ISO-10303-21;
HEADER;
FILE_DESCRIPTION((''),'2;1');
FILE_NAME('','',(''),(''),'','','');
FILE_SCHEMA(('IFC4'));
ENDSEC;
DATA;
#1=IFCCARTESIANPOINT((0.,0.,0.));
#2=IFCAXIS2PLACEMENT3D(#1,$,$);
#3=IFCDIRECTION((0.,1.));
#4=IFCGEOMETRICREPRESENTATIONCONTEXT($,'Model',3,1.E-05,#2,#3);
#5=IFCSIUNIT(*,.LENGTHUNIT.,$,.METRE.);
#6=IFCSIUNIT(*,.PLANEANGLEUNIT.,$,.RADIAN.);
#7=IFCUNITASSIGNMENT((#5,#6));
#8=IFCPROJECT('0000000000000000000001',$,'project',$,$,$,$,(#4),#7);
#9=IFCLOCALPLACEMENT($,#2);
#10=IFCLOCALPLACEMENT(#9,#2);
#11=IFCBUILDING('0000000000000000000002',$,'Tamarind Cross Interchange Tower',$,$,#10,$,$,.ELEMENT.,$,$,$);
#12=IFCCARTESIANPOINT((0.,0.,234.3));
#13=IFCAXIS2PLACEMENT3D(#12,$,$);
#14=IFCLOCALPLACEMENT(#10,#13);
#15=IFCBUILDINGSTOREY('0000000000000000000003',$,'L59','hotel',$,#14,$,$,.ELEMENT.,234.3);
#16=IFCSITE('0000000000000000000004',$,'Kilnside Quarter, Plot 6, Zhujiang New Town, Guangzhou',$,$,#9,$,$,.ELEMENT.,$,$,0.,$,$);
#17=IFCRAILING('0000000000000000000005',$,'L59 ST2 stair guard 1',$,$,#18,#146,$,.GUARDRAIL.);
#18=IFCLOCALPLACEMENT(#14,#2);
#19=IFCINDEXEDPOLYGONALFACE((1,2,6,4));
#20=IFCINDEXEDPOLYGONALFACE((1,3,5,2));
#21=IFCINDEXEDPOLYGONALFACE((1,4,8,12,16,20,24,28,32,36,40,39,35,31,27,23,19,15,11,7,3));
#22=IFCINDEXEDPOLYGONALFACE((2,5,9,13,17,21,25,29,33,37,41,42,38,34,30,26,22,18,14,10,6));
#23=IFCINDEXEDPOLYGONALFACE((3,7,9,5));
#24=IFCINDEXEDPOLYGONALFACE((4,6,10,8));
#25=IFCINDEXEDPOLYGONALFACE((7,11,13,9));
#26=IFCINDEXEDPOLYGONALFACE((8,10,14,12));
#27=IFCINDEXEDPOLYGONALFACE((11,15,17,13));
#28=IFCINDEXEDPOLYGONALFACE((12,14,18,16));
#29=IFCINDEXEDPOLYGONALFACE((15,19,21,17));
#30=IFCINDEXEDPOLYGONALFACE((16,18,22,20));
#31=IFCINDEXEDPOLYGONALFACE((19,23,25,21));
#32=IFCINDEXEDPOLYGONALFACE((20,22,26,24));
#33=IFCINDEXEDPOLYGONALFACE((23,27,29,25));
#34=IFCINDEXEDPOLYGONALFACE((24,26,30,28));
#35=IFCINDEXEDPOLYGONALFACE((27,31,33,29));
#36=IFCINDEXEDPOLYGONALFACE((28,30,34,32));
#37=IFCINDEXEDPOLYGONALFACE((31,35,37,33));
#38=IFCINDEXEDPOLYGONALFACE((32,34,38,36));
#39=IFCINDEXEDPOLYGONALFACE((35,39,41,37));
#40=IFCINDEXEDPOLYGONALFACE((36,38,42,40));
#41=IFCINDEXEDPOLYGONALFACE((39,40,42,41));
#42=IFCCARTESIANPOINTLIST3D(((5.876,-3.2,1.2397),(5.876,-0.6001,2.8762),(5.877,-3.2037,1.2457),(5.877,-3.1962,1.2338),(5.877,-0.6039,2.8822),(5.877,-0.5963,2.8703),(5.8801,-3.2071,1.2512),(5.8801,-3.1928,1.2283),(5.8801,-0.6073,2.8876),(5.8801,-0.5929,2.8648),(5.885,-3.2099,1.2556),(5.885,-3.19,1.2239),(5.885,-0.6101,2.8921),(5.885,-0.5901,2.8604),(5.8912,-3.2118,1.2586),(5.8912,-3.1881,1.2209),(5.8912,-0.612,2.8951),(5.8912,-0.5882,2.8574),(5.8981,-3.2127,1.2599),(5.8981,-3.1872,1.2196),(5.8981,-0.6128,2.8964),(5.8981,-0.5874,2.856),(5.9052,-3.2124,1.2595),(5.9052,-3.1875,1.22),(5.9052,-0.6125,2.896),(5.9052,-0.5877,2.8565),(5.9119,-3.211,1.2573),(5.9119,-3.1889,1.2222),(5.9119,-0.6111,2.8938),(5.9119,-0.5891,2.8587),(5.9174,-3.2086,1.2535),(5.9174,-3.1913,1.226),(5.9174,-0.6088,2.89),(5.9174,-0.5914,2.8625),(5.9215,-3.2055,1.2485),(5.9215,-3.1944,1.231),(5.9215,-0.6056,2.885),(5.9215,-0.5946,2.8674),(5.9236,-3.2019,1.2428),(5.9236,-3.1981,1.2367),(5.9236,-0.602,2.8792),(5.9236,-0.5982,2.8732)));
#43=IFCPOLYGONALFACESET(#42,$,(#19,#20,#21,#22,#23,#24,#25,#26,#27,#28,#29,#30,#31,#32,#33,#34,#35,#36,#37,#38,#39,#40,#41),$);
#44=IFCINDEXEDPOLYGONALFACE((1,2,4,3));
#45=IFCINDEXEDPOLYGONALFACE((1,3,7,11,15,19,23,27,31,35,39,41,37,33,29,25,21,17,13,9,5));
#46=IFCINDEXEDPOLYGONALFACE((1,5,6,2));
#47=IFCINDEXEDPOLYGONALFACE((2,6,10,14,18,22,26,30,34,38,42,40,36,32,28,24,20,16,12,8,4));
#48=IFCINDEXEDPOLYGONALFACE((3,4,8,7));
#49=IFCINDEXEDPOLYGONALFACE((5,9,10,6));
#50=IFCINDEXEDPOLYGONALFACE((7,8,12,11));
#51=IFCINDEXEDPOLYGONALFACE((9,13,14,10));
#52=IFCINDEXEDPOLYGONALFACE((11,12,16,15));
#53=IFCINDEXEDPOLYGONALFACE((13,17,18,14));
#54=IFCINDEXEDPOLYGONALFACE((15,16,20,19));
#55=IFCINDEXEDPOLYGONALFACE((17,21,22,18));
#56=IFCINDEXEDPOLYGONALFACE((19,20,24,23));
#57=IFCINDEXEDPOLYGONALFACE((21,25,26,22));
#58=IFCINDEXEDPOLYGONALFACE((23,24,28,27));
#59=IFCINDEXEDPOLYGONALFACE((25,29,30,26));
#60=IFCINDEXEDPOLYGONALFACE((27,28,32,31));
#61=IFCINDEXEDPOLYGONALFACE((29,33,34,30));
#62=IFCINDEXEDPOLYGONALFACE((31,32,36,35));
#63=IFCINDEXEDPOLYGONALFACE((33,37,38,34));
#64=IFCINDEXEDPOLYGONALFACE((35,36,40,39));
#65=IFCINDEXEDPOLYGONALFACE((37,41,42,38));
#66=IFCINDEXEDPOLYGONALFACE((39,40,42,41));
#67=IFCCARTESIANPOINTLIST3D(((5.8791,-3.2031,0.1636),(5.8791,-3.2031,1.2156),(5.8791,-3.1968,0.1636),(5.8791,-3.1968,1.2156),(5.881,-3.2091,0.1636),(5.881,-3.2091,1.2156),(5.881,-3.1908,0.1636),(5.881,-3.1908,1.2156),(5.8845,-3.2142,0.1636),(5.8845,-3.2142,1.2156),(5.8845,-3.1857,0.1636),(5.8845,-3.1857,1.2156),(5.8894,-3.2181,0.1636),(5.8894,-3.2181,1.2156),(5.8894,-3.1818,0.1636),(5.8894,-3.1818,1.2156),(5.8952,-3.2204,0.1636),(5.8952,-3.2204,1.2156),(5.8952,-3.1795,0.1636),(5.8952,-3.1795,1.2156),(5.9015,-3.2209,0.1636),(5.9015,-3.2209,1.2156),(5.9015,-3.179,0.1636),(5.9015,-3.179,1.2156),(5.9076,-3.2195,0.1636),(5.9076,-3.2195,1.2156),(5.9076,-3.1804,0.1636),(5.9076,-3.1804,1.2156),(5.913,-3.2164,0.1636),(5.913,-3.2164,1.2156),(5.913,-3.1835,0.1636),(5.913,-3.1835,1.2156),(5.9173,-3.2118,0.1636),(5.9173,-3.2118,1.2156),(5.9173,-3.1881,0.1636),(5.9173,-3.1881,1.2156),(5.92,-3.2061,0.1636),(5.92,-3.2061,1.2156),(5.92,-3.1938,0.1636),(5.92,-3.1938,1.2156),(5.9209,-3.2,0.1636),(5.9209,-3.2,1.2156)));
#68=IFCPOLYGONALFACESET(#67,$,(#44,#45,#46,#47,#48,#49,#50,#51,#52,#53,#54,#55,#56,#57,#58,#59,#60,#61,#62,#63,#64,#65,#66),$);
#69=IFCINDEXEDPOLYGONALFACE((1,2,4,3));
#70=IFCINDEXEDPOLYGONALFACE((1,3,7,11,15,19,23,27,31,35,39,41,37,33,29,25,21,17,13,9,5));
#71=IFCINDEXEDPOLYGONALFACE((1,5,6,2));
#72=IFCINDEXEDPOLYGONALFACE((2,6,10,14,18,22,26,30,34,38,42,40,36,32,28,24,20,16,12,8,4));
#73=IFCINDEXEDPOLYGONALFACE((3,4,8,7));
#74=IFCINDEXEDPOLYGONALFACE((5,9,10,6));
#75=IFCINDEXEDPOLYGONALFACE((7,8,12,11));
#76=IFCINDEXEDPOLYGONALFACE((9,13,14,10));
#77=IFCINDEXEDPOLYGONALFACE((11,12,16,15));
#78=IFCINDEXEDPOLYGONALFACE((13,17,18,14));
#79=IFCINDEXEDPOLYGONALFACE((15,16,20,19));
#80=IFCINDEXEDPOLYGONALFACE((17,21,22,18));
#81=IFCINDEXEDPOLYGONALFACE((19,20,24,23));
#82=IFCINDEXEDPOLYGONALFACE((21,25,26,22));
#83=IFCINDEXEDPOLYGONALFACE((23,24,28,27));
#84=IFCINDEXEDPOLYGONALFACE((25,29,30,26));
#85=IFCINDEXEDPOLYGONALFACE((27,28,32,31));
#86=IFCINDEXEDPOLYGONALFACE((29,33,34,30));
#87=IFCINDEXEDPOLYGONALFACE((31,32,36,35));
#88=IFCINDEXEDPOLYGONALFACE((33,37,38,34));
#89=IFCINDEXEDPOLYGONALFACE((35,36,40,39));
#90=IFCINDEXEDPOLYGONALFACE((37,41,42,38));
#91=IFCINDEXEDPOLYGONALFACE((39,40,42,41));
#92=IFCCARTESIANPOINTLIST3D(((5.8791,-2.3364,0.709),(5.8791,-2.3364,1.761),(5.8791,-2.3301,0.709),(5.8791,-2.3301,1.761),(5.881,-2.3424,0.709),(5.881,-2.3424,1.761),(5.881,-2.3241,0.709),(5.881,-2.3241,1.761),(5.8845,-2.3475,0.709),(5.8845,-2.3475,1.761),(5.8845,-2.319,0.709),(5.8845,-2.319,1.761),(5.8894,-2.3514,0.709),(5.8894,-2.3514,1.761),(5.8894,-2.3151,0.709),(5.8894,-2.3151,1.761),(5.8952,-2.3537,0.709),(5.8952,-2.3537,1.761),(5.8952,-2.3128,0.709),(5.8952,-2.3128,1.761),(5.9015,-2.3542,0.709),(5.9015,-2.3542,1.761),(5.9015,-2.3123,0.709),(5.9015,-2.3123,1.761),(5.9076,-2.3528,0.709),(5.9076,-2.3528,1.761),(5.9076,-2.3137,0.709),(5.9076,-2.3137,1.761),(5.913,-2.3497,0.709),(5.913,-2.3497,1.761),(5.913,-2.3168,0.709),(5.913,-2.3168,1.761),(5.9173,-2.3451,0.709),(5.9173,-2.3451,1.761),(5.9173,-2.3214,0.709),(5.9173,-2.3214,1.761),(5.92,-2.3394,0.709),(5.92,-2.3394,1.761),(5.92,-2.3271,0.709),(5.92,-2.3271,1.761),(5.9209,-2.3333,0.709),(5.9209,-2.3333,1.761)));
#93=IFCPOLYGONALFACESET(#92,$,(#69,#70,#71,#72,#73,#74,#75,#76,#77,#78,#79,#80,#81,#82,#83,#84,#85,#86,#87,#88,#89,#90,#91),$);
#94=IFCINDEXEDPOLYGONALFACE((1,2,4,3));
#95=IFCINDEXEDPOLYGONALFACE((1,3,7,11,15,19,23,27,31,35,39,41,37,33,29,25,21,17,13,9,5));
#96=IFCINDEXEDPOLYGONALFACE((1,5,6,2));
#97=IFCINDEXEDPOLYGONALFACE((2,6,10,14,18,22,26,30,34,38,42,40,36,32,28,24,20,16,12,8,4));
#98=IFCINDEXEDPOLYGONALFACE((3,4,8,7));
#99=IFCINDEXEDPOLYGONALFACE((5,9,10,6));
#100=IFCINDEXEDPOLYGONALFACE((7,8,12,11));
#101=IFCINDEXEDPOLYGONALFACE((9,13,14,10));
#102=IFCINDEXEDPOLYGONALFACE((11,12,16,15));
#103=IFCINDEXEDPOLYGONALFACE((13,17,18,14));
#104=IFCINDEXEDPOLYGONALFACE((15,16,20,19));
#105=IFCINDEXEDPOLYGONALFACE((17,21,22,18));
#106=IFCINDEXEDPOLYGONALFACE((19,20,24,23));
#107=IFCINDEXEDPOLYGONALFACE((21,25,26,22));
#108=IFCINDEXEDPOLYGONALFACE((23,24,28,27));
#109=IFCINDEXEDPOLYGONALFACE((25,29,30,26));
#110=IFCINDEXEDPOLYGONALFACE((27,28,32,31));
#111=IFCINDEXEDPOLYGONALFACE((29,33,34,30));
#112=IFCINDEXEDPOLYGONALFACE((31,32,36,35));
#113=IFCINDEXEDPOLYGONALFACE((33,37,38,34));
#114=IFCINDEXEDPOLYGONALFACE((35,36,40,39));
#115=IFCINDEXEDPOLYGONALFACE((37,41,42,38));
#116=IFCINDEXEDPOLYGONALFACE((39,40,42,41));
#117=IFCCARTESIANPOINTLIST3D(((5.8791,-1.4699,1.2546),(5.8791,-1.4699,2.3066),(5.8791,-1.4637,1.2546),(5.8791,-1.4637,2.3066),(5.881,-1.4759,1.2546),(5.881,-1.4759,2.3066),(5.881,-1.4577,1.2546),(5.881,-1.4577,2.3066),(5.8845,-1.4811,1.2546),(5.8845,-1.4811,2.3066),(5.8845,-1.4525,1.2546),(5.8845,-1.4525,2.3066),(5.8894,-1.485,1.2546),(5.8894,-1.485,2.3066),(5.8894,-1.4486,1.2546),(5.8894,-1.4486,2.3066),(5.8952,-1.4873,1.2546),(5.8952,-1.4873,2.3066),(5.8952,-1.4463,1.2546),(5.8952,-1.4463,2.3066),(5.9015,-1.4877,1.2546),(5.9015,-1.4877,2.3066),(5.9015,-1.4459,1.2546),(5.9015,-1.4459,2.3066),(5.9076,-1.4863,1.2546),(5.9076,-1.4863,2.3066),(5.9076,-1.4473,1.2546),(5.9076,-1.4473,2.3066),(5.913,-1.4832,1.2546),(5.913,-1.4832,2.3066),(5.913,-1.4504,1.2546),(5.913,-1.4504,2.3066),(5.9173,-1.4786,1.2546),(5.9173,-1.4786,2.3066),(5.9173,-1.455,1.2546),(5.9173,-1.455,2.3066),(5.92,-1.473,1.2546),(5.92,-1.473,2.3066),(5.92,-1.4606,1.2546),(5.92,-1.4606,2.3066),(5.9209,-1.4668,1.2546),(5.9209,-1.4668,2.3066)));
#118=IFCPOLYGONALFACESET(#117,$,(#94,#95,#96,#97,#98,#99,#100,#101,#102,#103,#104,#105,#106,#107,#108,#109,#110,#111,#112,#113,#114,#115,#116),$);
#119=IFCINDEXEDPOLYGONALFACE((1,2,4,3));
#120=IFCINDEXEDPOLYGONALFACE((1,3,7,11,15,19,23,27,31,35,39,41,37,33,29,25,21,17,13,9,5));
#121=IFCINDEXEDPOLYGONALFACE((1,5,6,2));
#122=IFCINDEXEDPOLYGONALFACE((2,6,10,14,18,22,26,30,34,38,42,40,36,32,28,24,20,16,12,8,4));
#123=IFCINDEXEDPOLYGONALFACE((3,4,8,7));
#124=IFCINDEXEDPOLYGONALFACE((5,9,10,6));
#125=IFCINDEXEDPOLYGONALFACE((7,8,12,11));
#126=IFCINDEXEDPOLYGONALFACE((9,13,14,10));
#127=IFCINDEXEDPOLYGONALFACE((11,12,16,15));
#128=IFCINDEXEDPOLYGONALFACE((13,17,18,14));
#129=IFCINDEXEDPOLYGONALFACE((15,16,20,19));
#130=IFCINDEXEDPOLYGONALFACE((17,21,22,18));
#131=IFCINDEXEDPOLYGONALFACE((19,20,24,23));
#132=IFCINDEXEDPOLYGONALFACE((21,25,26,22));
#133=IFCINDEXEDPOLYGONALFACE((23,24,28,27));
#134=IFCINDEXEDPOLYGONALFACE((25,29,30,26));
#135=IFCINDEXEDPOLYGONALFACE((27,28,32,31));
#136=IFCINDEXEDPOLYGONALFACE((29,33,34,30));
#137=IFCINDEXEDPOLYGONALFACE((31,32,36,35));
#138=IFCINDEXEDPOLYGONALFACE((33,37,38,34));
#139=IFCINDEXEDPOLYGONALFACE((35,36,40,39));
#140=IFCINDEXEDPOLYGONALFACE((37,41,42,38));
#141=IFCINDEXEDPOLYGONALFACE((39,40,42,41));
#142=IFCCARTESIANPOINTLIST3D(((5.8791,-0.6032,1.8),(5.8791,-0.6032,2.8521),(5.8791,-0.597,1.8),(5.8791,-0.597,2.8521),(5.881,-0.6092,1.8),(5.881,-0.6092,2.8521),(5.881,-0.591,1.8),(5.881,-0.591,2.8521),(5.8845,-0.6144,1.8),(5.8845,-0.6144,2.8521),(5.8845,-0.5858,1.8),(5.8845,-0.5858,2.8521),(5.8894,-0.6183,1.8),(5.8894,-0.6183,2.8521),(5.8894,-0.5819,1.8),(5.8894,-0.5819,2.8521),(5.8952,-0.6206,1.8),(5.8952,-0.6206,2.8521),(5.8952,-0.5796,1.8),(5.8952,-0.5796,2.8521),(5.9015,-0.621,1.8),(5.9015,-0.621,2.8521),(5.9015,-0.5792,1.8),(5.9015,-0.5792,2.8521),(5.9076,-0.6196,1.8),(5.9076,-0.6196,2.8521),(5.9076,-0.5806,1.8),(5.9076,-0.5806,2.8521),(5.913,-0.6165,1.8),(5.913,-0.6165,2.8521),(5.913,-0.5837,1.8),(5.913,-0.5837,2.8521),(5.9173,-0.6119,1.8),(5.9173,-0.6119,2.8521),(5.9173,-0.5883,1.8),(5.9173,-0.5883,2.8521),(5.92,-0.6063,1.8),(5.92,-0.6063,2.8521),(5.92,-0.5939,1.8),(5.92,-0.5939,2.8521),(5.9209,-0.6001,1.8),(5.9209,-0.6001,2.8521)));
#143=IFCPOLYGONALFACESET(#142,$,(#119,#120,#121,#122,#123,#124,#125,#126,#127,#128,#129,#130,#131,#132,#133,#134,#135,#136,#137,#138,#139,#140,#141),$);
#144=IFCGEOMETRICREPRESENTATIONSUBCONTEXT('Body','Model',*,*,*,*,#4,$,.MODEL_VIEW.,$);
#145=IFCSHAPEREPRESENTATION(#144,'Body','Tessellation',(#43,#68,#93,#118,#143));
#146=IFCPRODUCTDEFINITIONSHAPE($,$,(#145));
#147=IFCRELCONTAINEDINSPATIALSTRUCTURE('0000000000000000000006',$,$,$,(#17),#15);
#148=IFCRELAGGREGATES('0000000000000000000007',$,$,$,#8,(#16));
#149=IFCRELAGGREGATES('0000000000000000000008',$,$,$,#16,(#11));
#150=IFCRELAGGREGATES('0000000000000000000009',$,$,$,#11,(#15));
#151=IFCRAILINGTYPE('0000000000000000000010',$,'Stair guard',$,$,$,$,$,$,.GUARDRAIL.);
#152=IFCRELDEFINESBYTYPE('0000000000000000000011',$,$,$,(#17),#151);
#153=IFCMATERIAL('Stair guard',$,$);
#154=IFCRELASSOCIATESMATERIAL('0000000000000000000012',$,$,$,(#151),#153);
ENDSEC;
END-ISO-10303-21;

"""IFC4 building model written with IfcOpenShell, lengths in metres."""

from ifc_helpers import new_model, si_unit, direction, frame, origin, origin_2d, place, context, subcontext, project, spatial, circle, extrude, material, type_object, element, save


model = new_model("IFC4")

# Units and contexts
model_context = context("Model", 3, precision=1e-05, world=origin(), true_north=direction((0.0, 1.0)))
body_context = subcontext(model_context, "Body", "Model", "MODEL_VIEW")
ifc_project = project(units=[si_unit("LENGTHUNIT", "METRE"), si_unit("PLANEANGLEUNIT", "RADIAN")], contexts=[model_context])

# Site, building, storey
site_placement = place(None, origin())
site = spatial("IfcSite", under=ifc_project, at=site_placement, Name="Kilnside Quarter, Plot 6, Zhujiang New Town, Guangzhou", CompositionType="ELEMENT", RefElevation=0.0)
building_placement = place(site_placement, origin())
building = spatial("IfcBuilding", under=site, at=building_placement, Name="Tamarind Cross Interchange Tower", CompositionType="ELEMENT")
storey_placement = place(building_placement, frame((0.0, 0.0, 234.3)))
storey = spatial("IfcBuildingStorey", under=building, at=storey_placement, Name="L59", Description="hotel", CompositionType="ELEMENT", Elevation=234.3)

# Railing
ifc_material_1 = material(Name="Stair guard")
railing_type = type_object("IfcRailingType", Name="Stair guard", PredefinedType="GUARDRAIL", material=ifc_material_1)
railing_1_placement = place(storey_placement, frame((5.8999, -3.2, 0.1636)))
element("IfcRailing", 1, at=railing_1_placement, inside=storey, type_object=railing_type, Name="L59 ST2 stair guard 1", PredefinedType="GUARDRAIL", context=body_context, shape_type="SweptSolid", body=[
    extrude(circle(Radius=0.0239, at=origin_2d()), frame((0.0, 0.0, 1.0762), z_axis=(0.0, 0.846302, 0.532704), x_axis=(-1.0, 0.0, 0.0)), (0.0, 0.0, 1.0), 3.072),
    extrude(circle(Radius=0.021, at=origin_2d()), origin(), (0.0, 0.0, 1.0), 1.052),
    extrude(circle(Radius=0.021, at=origin_2d()), frame((0.0, 0.8667, 0.5454)), (0.0, 0.0, 1.0), 1.052),
    extrude(circle(Radius=0.021, at=origin_2d()), frame((0.0, 1.7332, 1.0911)), (0.0, 0.0, 1.0), 1.052),
    extrude(circle(Radius=0.021, at=origin_2d()), frame((0.0, 2.5999, 1.6365)), (0.0, 0.0, 1.0), 1.052),
])

save(model, "model.ifc")
